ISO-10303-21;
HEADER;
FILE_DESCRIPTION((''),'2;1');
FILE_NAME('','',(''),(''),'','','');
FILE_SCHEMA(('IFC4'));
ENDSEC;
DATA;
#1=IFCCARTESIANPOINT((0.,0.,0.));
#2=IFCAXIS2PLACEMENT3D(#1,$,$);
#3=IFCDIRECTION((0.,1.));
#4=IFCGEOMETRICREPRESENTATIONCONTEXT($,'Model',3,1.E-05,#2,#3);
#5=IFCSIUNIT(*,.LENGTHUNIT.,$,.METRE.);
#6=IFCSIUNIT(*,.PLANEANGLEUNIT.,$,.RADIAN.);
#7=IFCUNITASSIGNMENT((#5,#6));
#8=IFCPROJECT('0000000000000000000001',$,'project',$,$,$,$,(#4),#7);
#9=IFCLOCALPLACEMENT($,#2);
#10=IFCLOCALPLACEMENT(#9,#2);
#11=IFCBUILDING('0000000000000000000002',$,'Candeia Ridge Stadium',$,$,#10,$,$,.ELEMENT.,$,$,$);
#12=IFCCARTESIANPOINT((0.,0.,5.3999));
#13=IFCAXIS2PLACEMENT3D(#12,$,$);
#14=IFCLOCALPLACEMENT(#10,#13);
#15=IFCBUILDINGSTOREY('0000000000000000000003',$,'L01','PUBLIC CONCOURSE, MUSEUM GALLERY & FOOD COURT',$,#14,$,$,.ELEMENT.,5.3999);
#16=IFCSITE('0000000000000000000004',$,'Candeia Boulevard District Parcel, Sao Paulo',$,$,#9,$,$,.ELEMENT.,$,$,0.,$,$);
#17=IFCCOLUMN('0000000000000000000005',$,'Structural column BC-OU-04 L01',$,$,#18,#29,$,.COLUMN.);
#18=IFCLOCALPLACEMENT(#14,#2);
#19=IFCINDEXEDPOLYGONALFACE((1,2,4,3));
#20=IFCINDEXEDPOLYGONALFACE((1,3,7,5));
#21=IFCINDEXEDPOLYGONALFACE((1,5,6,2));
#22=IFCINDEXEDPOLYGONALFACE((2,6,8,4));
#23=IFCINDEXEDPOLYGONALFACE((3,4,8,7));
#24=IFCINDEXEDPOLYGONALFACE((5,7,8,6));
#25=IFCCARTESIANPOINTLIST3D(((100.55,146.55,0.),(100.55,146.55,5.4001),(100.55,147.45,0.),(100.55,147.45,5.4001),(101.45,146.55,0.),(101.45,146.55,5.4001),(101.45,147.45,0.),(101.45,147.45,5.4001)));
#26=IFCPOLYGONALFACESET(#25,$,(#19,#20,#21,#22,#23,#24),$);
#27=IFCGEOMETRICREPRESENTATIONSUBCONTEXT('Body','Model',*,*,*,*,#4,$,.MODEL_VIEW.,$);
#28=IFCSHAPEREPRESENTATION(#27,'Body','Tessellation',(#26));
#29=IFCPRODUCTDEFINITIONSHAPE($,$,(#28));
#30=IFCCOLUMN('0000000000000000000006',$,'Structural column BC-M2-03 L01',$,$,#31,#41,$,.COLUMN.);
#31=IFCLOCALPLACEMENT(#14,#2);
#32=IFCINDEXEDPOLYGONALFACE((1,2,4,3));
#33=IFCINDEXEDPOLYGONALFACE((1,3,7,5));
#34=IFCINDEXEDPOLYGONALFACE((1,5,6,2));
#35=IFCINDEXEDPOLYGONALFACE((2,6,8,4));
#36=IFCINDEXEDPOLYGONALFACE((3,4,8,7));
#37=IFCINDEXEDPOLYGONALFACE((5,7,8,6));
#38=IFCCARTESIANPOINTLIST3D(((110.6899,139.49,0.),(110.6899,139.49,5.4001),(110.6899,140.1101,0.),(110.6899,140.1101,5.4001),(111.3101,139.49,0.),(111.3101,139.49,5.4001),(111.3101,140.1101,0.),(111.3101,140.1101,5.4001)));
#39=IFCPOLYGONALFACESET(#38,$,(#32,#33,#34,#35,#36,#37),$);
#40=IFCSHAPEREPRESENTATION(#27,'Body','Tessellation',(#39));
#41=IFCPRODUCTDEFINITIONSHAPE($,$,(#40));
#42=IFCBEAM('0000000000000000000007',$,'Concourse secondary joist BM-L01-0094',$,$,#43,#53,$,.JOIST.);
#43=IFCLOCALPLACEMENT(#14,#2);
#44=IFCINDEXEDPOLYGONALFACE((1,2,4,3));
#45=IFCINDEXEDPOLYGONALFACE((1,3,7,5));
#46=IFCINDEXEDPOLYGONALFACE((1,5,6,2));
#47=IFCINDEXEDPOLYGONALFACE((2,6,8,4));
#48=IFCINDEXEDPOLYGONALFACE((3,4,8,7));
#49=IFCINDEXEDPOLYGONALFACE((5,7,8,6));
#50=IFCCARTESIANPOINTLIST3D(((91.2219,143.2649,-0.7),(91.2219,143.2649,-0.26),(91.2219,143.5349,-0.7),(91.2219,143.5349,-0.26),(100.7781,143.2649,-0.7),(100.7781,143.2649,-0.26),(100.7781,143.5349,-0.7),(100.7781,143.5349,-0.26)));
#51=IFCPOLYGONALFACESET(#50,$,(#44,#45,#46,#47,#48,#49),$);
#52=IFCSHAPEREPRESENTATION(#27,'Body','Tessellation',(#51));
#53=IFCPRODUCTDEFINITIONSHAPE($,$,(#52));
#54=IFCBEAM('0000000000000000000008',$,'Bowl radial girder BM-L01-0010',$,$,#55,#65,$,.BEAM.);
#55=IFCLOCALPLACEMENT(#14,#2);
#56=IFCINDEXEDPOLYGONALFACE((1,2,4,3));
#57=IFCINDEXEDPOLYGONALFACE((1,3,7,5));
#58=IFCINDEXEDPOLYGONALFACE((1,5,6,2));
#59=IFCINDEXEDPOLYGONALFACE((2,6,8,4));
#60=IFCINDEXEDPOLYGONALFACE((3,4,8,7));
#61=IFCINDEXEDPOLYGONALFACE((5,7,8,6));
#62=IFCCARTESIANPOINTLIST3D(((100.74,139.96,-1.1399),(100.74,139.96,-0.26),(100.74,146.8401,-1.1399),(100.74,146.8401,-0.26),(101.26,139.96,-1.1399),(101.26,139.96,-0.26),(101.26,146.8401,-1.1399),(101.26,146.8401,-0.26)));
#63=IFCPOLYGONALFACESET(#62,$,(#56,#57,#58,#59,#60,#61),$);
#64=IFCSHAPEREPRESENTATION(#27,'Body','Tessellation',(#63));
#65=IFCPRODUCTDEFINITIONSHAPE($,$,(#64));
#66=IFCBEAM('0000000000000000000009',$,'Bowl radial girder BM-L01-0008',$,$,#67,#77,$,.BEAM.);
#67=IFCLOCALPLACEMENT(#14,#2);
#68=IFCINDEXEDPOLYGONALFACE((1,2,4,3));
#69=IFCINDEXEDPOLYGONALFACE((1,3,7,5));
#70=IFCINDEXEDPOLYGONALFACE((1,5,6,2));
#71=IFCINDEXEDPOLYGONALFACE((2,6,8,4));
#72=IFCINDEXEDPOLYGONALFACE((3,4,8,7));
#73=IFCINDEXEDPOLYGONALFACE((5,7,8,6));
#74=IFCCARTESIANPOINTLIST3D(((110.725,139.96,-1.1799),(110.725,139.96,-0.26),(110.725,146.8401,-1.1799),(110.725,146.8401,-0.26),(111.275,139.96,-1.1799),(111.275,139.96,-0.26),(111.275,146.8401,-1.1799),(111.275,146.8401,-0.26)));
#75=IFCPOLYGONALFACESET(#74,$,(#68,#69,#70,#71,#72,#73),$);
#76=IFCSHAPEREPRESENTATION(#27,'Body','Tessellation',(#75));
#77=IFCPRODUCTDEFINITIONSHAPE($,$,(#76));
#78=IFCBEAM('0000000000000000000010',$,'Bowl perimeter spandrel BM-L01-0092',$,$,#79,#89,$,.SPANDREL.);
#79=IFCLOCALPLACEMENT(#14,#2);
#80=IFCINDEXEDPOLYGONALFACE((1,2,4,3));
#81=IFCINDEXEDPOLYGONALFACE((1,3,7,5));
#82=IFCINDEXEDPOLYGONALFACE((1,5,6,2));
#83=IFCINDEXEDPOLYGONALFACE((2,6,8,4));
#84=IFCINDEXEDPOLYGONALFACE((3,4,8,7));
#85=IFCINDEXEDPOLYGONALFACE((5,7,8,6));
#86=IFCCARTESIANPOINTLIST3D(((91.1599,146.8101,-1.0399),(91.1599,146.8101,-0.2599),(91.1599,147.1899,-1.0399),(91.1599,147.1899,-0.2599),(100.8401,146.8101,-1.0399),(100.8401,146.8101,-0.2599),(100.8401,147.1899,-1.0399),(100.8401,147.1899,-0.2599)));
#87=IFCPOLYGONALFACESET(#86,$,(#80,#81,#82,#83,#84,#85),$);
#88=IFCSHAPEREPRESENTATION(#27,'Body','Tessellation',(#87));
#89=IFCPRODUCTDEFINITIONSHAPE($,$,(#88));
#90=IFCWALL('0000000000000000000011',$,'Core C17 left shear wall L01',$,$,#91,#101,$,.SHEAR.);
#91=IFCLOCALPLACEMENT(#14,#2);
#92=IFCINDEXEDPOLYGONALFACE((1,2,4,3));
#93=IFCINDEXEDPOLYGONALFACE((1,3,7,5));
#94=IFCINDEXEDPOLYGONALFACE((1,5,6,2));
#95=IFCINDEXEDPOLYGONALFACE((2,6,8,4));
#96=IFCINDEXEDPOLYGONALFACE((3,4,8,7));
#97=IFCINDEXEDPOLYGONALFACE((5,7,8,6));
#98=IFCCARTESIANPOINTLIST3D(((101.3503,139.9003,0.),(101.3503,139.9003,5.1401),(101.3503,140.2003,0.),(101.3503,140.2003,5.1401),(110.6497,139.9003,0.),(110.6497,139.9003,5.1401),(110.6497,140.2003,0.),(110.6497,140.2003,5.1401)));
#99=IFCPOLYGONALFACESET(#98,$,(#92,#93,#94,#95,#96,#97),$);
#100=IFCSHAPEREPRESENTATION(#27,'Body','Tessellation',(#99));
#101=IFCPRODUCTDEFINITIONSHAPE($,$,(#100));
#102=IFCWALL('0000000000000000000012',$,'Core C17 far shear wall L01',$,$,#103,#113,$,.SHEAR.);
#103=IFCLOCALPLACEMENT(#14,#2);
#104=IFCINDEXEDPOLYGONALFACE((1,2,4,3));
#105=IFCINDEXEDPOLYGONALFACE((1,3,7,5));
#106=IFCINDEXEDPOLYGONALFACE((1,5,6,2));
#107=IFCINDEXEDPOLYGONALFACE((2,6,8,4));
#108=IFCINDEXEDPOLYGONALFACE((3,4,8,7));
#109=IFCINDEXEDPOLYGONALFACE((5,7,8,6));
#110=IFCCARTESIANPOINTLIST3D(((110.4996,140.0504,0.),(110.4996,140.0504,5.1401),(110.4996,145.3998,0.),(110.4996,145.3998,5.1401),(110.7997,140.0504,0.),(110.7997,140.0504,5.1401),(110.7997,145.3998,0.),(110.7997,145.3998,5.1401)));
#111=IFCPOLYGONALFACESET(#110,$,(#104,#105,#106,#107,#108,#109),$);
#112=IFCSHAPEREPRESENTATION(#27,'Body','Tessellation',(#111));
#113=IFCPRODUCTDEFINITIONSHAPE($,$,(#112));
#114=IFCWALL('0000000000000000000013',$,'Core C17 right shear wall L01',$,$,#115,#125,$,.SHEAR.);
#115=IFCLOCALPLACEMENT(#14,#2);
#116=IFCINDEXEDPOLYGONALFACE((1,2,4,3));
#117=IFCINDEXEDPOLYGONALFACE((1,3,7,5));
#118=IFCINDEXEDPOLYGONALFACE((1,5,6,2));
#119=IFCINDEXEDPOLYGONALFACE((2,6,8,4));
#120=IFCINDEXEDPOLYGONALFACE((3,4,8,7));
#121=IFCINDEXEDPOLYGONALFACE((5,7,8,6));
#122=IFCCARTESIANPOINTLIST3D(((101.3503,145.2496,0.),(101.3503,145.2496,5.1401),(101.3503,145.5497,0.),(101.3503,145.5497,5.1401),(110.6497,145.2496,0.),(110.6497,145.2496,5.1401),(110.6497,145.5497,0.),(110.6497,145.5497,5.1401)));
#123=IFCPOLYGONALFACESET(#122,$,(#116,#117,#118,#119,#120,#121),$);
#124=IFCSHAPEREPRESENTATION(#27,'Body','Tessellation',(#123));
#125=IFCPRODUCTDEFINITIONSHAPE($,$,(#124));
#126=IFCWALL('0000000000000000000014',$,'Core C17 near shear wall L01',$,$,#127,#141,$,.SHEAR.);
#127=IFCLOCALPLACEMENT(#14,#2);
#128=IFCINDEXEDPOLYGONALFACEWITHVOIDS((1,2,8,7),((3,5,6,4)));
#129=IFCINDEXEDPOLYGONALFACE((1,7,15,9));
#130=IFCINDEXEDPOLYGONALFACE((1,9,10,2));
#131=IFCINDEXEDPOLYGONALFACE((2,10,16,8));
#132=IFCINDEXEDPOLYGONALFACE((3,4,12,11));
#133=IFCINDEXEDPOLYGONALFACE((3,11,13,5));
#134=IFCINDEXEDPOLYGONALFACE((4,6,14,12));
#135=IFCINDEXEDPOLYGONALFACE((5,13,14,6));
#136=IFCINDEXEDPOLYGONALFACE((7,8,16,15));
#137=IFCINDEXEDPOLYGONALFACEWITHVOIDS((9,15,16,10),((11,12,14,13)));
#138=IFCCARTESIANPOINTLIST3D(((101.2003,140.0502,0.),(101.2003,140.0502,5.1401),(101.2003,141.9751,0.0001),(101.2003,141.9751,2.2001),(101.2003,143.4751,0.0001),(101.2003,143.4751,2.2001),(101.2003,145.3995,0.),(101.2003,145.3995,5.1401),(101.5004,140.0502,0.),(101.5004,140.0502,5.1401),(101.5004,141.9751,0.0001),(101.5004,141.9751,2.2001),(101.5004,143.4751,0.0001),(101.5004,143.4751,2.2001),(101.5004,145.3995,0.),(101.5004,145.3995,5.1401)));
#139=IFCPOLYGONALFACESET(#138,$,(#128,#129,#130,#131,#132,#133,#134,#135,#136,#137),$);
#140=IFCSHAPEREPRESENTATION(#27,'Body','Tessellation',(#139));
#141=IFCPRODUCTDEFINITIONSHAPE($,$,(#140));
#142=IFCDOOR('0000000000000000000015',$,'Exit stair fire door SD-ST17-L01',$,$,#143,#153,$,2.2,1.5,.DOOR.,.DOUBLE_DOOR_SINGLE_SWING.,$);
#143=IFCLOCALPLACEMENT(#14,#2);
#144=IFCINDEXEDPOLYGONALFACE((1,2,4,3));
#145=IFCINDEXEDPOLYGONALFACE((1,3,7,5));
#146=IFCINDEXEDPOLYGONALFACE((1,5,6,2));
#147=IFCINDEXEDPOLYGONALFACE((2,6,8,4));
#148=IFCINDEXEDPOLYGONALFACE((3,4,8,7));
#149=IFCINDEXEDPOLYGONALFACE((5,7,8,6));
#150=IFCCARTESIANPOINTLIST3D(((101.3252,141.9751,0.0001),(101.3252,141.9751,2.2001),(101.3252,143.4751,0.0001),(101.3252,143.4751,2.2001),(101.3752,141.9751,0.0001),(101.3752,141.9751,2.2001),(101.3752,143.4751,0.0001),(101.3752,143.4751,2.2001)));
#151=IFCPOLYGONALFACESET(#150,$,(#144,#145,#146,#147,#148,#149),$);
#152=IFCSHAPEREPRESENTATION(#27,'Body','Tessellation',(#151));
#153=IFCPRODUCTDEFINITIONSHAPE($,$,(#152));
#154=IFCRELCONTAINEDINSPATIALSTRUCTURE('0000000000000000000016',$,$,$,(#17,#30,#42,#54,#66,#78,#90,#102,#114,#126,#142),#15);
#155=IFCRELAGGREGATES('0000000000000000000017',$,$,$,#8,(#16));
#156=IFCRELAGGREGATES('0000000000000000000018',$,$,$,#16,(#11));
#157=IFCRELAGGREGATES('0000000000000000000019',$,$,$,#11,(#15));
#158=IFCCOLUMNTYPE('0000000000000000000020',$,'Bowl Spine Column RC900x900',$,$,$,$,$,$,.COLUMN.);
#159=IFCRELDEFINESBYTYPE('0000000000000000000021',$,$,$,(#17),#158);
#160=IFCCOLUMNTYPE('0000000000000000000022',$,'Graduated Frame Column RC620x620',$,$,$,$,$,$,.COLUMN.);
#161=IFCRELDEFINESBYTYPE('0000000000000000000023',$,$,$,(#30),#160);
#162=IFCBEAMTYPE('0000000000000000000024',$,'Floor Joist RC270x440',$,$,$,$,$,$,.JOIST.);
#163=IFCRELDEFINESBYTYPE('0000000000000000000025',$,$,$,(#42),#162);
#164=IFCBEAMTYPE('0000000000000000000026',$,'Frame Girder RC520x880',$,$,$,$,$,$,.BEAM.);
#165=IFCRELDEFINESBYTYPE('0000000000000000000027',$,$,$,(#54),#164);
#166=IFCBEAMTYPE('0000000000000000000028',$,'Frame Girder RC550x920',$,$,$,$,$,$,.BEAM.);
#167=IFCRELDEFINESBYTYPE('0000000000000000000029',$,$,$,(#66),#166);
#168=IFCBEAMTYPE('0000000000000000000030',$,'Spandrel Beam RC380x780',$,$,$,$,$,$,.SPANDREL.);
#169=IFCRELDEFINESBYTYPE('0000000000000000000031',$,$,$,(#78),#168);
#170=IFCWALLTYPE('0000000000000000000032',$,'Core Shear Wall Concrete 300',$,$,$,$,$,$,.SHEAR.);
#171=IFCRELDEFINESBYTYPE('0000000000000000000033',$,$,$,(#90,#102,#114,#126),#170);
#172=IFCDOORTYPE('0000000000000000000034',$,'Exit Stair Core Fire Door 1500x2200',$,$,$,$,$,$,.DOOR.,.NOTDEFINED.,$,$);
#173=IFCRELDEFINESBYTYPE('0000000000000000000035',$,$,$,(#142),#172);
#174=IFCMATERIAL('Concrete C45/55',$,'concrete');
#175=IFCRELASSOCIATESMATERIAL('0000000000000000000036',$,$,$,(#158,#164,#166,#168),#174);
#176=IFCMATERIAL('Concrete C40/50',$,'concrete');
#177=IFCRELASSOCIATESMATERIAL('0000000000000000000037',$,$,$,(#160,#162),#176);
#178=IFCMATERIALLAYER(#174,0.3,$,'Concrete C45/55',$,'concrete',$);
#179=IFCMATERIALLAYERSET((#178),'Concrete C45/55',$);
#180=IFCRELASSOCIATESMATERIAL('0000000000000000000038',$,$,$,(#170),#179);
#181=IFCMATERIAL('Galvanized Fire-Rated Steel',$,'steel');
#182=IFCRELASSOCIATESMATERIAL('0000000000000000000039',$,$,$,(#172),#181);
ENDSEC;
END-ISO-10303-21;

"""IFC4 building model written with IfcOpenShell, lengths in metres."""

from ifc_helpers import new_model, si_unit, direction, frame, frame_2d, origin, origin_2d, place, context, subcontext, project, spatial, rectangle, extrude, material, layer, layer_set, material_profile, profile_set, type_object, element, fill, save


model = new_model("IFC4")

# Units and contexts
model_context = context("Model", 3, precision=1e-05, world=origin(), true_north=direction((0.0, 1.0)))
body_context = subcontext(model_context, "Body", "Model", "MODEL_VIEW")
ifc_project = project(units=[si_unit("LENGTHUNIT", "METRE"), si_unit("PLANEANGLEUNIT", "RADIAN")], contexts=[model_context])

# Site, building, storey
site_placement = place(None, origin())
site = spatial("IfcSite", under=ifc_project, at=site_placement, Name="Candeia Boulevard District Parcel, Sao Paulo", CompositionType="ELEMENT", RefElevation=0.0)
building_placement = place(site_placement, origin())
building = spatial("IfcBuilding", under=site, at=building_placement, Name="Candeia Ridge Stadium", CompositionType="ELEMENT")
storey_placement = place(building_placement, frame((0.0, 0.0, 5.3999)))
storey = spatial("IfcBuildingStorey", under=building, at=storey_placement, Name="L01", Description="PUBLIC CONCOURSE, MUSEUM GALLERY & FOOD COURT", CompositionType="ELEMENT", Elevation=5.3999)

# Columns
ifc_material_1 = material(Name="Concrete C45/55", Category="concrete")
ifc_material_profile_1 = material_profile(ifc_material_1, rectangle(XDim=0.8999, YDim=0.8999, at=origin_2d()), Name="RC900x900", Category="concrete")
ifc_profile_set_1 = profile_set([ifc_material_profile_1], Name="Concrete C45/55")
column_type_1 = type_object("IfcColumnType", Name="Bowl Spine Column RC900x900", PredefinedType="COLUMN", material=ifc_profile_set_1)
column_1_placement = place(storey_placement, frame((101.0, 147.0, 0.0), z_axis=(0.0, 0.0, 1.0), x_axis=(1.0, 0.0, 0.0)))
element("IfcColumn", 1, at=column_1_placement, inside=storey, type_object=column_type_1, Name="Structural column BC-OU-04 L01", PredefinedType="COLUMN", context=body_context, shape_type="SweptSolid", body=[
    extrude(rectangle(XDim=0.8999, YDim=0.8999, at=origin_2d()), origin(), (0.0, 0.0, 1.0), 5.4001),
])
ifc_material_2 = material(Name="Concrete C40/50", Category="concrete")
ifc_material_profile_2 = material_profile(ifc_material_2, rectangle(XDim=0.6201, YDim=0.6201, at=origin_2d()), Name="RC620x620", Category="concrete")
ifc_profile_set_2 = profile_set([ifc_material_profile_2], Name="Concrete C40/50")
column_type_2 = type_object("IfcColumnType", Name="Graduated Frame Column RC620x620", PredefinedType="COLUMN", material=ifc_profile_set_2)
column_2_placement = place(storey_placement, frame((111.0, 139.8, 0.0), z_axis=(0.0, 0.0, 1.0), x_axis=(1.0, 0.0, 0.0)))
element("IfcColumn", 2, at=column_2_placement, inside=storey, type_object=column_type_2, Name="Structural column BC-M2-03 L01", PredefinedType="COLUMN", context=body_context, shape_type="SweptSolid", body=[
    extrude(rectangle(XDim=0.6201, YDim=0.6201, at=origin_2d()), origin(), (0.0, 0.0, 1.0), 5.4001),
])

# Beams
ifc_material_profile_3 = material_profile(ifc_material_2, rectangle(XDim=0.27, YDim=0.4399, at=origin_2d()), Name="RC270x440", Category="concrete")
ifc_profile_set_3 = profile_set([ifc_material_profile_3], Name="Concrete C40/50")
beam_type_1 = type_object("IfcBeamType", Name="Floor Joist RC270x440", PredefinedType="JOIST", material=ifc_profile_set_3)
beam_1_placement = place(storey_placement, frame((100.7781, 143.3999, -0.48), z_axis=(-1.0, 0.0, 0.0), x_axis=(0.0, -1.0, 0.0)))
element("IfcBeam", 3, at=beam_1_placement, inside=storey, type_object=beam_type_1, Name="Concourse secondary joist BM-L01-0094", PredefinedType="JOIST", context=body_context, shape_type="SweptSolid", body=[
    extrude(rectangle(XDim=0.27, YDim=0.4399, at=origin_2d()), origin(), (0.0, 0.0, 1.0), 9.5562),
])
ifc_material_profile_4 = material_profile(ifc_material_1, rectangle(XDim=0.52, YDim=0.8799, at=origin_2d()), Name="RC520x880", Category="concrete")
ifc_profile_set_4 = profile_set([ifc_material_profile_4], Name="Concrete C45/55")
beam_type_2 = type_object("IfcBeamType", Name="Frame Girder RC520x880", PredefinedType="BEAM", material=ifc_profile_set_4)
beam_2_placement = place(storey_placement, frame((101.0, 139.96, -0.7), z_axis=(0.0, 1.0, 0.0), x_axis=(-1.0, 0.0, 0.0)))
element("IfcBeam", 4, at=beam_2_placement, inside=storey, type_object=beam_type_2, Name="Bowl radial girder BM-L01-0010", PredefinedType="BEAM", context=body_context, shape_type="SweptSolid", body=[
    extrude(rectangle(XDim=0.52, YDim=0.8799, at=origin_2d()), origin(), (0.0, 0.0, 1.0), 6.8801),
])
ifc_material_profile_5 = material_profile(ifc_material_1, rectangle(XDim=0.55, YDim=0.9199, at=origin_2d()), Name="RC550x920", Category="concrete")
ifc_profile_set_5 = profile_set([ifc_material_profile_5], Name="Concrete C45/55")
beam_type_3 = type_object("IfcBeamType", Name="Frame Girder RC550x920", PredefinedType="BEAM", material=ifc_profile_set_5)
beam_3_placement = place(storey_placement, frame((111.0, 139.96, -0.72), z_axis=(0.0, 1.0, 0.0), x_axis=(-1.0, 0.0, 0.0)))
element("IfcBeam", 5, at=beam_3_placement, inside=storey, type_object=beam_type_3, Name="Bowl radial girder BM-L01-0008", PredefinedType="BEAM", context=body_context, shape_type="SweptSolid", body=[
    extrude(rectangle(XDim=0.55, YDim=0.9199, at=origin_2d()), origin(), (0.0, 0.0, 1.0), 6.8801),
])
ifc_material_profile_6 = material_profile(ifc_material_1, rectangle(XDim=0.3799, YDim=0.78, at=origin_2d()), Name="RC380x780", Category="concrete")
ifc_profile_set_6 = profile_set([ifc_material_profile_6], Name="Concrete C45/55")
beam_type_4 = type_object("IfcBeamType", Name="Spandrel Beam RC380x780", PredefinedType="SPANDREL", material=ifc_profile_set_6)
beam_4_placement = place(storey_placement, frame((100.8401, 147.0, -0.6499), z_axis=(-1.0, 0.0, 0.0), x_axis=(0.0, -1.0, 0.0)))
element("IfcBeam", 6, at=beam_4_placement, inside=storey, type_object=beam_type_4, Name="Bowl perimeter spandrel BM-L01-0092", PredefinedType="SPANDREL", context=body_context, shape_type="SweptSolid", body=[
    extrude(rectangle(XDim=0.3799, YDim=0.78, at=origin_2d()), origin(), (0.0, 0.0, 1.0), 9.6802),
])

# Walls
ifc_layer_1 = layer(ifc_material_1, 0.3, Name="Concrete C45/55", Category="concrete")
ifc_layer_set_1 = layer_set([ifc_layer_1], Name="Concrete C45/55")
wall_type = type_object("IfcWallType", Name="Core Shear Wall Concrete 300", PredefinedType="SHEAR", material=ifc_layer_set_1)
wall_1_placement = place(storey_placement, frame((101.3503, 140.0503, 0.0), z_axis=(0.0, 0.0, 1.0), x_axis=(1.0, 0.0, 0.0)))
element("IfcWall", 7, at=wall_1_placement, inside=storey, type_object=wall_type, Name="Core C17 left shear wall L01", PredefinedType="SHEAR", context=body_context, shape_type="SweptSolid", body=[
    extrude(rectangle(XDim=9.2993, YDim=0.3, at=frame_2d((4.6497, 0.0))), origin(), (0.0, 0.0, 1.0), 5.1401),
])
wall_2_placement = place(storey_placement, frame((110.6497, 140.0503, 0.0), z_axis=(0.0, 0.0, 1.0), x_axis=(0.0, 1.0, 0.0)))
element("IfcWall", 8, at=wall_2_placement, inside=storey, type_object=wall_type, Name="Core C17 far shear wall L01", PredefinedType="SHEAR", context=body_context, shape_type="SweptSolid", body=[
    extrude(rectangle(XDim=5.3494, YDim=0.3, at=frame_2d((2.6748, 0.0))), origin(), (0.0, 0.0, 1.0), 5.1401),
])
wall_3_placement = place(storey_placement, frame((110.6497, 145.3997, 0.0), z_axis=(0.0, 0.0, 1.0), x_axis=(-1.0, 0.0, 0.0)))
element("IfcWall", 9, at=wall_3_placement, inside=storey, type_object=wall_type, Name="Core C17 right shear wall L01", PredefinedType="SHEAR", context=body_context, shape_type="SweptSolid", body=[
    extrude(rectangle(XDim=9.2993, YDim=0.3, at=frame_2d((4.6497, 0.0))), origin(), (0.0, 0.0, 1.0), 5.1401),
])

# Wall, opening, door
wall_4_placement = place(storey_placement, frame((101.3503, 145.3997, 0.0), z_axis=(0.0, 0.0, 1.0), x_axis=(0.0, -1.0, 0.0)))
wall_4 = element("IfcWall", 10, at=wall_4_placement, inside=storey, type_object=wall_type, Name="Core C17 near shear wall L01", PredefinedType="SHEAR", context=body_context, shape_type="SweptSolid", body=[
    extrude(rectangle(XDim=5.3494, YDim=0.3, at=frame_2d((2.6748, 0.0))), origin(), (0.0, 0.0, 1.0), 5.1401),
])
opening_placement = place(wall_4_placement, frame((1.9246, 0.0, 0.0)))
opening = element("IfcOpeningElement", 11, at=opening_placement, cuts=wall_4, PredefinedType="OPENING", context=body_context, shape_type="SweptSolid", body=[
    extrude(rectangle(XDim=1.5, YDim=2.2, at=frame_2d((0.75, 1.1001))), frame((0.0, 0.1599, 0.0), z_axis=(0.0, -1.0, 0.0), x_axis=(1.0, 0.0, 0.0)), (0.0, 0.0, 1.0), 0.3201),
])
ifc_material_3 = material(Name="Galvanized Fire-Rated Steel", Category="steel")
door_type = type_object("IfcDoorType", Name="Exit Stair Core Fire Door 1500x2200", OperationType="NOTDEFINED", PredefinedType="DOOR", material=ifc_material_3)
door_placement = place(opening_placement, origin())
door = element("IfcDoor", 12, at=door_placement, inside=storey, type_object=door_type, Name="Exit stair fire door SD-ST17-L01", OperationType="DOUBLE_DOOR_SINGLE_SWING", OverallHeight=2.2, OverallWidth=1.5, PredefinedType="DOOR", context=body_context, shape_type="SweptSolid", body=[
    extrude(rectangle(XDim=1.5, YDim=2.2, at=frame_2d((0.75, 1.1001))), frame((0.0, 0.0249, 0.0), z_axis=(0.0, -1.0, 0.0), x_axis=(1.0, 0.0, 0.0)), (0.0, 0.0, 1.0), 0.05),
])
fill(opening, door)

save(model, "model.ifc")
